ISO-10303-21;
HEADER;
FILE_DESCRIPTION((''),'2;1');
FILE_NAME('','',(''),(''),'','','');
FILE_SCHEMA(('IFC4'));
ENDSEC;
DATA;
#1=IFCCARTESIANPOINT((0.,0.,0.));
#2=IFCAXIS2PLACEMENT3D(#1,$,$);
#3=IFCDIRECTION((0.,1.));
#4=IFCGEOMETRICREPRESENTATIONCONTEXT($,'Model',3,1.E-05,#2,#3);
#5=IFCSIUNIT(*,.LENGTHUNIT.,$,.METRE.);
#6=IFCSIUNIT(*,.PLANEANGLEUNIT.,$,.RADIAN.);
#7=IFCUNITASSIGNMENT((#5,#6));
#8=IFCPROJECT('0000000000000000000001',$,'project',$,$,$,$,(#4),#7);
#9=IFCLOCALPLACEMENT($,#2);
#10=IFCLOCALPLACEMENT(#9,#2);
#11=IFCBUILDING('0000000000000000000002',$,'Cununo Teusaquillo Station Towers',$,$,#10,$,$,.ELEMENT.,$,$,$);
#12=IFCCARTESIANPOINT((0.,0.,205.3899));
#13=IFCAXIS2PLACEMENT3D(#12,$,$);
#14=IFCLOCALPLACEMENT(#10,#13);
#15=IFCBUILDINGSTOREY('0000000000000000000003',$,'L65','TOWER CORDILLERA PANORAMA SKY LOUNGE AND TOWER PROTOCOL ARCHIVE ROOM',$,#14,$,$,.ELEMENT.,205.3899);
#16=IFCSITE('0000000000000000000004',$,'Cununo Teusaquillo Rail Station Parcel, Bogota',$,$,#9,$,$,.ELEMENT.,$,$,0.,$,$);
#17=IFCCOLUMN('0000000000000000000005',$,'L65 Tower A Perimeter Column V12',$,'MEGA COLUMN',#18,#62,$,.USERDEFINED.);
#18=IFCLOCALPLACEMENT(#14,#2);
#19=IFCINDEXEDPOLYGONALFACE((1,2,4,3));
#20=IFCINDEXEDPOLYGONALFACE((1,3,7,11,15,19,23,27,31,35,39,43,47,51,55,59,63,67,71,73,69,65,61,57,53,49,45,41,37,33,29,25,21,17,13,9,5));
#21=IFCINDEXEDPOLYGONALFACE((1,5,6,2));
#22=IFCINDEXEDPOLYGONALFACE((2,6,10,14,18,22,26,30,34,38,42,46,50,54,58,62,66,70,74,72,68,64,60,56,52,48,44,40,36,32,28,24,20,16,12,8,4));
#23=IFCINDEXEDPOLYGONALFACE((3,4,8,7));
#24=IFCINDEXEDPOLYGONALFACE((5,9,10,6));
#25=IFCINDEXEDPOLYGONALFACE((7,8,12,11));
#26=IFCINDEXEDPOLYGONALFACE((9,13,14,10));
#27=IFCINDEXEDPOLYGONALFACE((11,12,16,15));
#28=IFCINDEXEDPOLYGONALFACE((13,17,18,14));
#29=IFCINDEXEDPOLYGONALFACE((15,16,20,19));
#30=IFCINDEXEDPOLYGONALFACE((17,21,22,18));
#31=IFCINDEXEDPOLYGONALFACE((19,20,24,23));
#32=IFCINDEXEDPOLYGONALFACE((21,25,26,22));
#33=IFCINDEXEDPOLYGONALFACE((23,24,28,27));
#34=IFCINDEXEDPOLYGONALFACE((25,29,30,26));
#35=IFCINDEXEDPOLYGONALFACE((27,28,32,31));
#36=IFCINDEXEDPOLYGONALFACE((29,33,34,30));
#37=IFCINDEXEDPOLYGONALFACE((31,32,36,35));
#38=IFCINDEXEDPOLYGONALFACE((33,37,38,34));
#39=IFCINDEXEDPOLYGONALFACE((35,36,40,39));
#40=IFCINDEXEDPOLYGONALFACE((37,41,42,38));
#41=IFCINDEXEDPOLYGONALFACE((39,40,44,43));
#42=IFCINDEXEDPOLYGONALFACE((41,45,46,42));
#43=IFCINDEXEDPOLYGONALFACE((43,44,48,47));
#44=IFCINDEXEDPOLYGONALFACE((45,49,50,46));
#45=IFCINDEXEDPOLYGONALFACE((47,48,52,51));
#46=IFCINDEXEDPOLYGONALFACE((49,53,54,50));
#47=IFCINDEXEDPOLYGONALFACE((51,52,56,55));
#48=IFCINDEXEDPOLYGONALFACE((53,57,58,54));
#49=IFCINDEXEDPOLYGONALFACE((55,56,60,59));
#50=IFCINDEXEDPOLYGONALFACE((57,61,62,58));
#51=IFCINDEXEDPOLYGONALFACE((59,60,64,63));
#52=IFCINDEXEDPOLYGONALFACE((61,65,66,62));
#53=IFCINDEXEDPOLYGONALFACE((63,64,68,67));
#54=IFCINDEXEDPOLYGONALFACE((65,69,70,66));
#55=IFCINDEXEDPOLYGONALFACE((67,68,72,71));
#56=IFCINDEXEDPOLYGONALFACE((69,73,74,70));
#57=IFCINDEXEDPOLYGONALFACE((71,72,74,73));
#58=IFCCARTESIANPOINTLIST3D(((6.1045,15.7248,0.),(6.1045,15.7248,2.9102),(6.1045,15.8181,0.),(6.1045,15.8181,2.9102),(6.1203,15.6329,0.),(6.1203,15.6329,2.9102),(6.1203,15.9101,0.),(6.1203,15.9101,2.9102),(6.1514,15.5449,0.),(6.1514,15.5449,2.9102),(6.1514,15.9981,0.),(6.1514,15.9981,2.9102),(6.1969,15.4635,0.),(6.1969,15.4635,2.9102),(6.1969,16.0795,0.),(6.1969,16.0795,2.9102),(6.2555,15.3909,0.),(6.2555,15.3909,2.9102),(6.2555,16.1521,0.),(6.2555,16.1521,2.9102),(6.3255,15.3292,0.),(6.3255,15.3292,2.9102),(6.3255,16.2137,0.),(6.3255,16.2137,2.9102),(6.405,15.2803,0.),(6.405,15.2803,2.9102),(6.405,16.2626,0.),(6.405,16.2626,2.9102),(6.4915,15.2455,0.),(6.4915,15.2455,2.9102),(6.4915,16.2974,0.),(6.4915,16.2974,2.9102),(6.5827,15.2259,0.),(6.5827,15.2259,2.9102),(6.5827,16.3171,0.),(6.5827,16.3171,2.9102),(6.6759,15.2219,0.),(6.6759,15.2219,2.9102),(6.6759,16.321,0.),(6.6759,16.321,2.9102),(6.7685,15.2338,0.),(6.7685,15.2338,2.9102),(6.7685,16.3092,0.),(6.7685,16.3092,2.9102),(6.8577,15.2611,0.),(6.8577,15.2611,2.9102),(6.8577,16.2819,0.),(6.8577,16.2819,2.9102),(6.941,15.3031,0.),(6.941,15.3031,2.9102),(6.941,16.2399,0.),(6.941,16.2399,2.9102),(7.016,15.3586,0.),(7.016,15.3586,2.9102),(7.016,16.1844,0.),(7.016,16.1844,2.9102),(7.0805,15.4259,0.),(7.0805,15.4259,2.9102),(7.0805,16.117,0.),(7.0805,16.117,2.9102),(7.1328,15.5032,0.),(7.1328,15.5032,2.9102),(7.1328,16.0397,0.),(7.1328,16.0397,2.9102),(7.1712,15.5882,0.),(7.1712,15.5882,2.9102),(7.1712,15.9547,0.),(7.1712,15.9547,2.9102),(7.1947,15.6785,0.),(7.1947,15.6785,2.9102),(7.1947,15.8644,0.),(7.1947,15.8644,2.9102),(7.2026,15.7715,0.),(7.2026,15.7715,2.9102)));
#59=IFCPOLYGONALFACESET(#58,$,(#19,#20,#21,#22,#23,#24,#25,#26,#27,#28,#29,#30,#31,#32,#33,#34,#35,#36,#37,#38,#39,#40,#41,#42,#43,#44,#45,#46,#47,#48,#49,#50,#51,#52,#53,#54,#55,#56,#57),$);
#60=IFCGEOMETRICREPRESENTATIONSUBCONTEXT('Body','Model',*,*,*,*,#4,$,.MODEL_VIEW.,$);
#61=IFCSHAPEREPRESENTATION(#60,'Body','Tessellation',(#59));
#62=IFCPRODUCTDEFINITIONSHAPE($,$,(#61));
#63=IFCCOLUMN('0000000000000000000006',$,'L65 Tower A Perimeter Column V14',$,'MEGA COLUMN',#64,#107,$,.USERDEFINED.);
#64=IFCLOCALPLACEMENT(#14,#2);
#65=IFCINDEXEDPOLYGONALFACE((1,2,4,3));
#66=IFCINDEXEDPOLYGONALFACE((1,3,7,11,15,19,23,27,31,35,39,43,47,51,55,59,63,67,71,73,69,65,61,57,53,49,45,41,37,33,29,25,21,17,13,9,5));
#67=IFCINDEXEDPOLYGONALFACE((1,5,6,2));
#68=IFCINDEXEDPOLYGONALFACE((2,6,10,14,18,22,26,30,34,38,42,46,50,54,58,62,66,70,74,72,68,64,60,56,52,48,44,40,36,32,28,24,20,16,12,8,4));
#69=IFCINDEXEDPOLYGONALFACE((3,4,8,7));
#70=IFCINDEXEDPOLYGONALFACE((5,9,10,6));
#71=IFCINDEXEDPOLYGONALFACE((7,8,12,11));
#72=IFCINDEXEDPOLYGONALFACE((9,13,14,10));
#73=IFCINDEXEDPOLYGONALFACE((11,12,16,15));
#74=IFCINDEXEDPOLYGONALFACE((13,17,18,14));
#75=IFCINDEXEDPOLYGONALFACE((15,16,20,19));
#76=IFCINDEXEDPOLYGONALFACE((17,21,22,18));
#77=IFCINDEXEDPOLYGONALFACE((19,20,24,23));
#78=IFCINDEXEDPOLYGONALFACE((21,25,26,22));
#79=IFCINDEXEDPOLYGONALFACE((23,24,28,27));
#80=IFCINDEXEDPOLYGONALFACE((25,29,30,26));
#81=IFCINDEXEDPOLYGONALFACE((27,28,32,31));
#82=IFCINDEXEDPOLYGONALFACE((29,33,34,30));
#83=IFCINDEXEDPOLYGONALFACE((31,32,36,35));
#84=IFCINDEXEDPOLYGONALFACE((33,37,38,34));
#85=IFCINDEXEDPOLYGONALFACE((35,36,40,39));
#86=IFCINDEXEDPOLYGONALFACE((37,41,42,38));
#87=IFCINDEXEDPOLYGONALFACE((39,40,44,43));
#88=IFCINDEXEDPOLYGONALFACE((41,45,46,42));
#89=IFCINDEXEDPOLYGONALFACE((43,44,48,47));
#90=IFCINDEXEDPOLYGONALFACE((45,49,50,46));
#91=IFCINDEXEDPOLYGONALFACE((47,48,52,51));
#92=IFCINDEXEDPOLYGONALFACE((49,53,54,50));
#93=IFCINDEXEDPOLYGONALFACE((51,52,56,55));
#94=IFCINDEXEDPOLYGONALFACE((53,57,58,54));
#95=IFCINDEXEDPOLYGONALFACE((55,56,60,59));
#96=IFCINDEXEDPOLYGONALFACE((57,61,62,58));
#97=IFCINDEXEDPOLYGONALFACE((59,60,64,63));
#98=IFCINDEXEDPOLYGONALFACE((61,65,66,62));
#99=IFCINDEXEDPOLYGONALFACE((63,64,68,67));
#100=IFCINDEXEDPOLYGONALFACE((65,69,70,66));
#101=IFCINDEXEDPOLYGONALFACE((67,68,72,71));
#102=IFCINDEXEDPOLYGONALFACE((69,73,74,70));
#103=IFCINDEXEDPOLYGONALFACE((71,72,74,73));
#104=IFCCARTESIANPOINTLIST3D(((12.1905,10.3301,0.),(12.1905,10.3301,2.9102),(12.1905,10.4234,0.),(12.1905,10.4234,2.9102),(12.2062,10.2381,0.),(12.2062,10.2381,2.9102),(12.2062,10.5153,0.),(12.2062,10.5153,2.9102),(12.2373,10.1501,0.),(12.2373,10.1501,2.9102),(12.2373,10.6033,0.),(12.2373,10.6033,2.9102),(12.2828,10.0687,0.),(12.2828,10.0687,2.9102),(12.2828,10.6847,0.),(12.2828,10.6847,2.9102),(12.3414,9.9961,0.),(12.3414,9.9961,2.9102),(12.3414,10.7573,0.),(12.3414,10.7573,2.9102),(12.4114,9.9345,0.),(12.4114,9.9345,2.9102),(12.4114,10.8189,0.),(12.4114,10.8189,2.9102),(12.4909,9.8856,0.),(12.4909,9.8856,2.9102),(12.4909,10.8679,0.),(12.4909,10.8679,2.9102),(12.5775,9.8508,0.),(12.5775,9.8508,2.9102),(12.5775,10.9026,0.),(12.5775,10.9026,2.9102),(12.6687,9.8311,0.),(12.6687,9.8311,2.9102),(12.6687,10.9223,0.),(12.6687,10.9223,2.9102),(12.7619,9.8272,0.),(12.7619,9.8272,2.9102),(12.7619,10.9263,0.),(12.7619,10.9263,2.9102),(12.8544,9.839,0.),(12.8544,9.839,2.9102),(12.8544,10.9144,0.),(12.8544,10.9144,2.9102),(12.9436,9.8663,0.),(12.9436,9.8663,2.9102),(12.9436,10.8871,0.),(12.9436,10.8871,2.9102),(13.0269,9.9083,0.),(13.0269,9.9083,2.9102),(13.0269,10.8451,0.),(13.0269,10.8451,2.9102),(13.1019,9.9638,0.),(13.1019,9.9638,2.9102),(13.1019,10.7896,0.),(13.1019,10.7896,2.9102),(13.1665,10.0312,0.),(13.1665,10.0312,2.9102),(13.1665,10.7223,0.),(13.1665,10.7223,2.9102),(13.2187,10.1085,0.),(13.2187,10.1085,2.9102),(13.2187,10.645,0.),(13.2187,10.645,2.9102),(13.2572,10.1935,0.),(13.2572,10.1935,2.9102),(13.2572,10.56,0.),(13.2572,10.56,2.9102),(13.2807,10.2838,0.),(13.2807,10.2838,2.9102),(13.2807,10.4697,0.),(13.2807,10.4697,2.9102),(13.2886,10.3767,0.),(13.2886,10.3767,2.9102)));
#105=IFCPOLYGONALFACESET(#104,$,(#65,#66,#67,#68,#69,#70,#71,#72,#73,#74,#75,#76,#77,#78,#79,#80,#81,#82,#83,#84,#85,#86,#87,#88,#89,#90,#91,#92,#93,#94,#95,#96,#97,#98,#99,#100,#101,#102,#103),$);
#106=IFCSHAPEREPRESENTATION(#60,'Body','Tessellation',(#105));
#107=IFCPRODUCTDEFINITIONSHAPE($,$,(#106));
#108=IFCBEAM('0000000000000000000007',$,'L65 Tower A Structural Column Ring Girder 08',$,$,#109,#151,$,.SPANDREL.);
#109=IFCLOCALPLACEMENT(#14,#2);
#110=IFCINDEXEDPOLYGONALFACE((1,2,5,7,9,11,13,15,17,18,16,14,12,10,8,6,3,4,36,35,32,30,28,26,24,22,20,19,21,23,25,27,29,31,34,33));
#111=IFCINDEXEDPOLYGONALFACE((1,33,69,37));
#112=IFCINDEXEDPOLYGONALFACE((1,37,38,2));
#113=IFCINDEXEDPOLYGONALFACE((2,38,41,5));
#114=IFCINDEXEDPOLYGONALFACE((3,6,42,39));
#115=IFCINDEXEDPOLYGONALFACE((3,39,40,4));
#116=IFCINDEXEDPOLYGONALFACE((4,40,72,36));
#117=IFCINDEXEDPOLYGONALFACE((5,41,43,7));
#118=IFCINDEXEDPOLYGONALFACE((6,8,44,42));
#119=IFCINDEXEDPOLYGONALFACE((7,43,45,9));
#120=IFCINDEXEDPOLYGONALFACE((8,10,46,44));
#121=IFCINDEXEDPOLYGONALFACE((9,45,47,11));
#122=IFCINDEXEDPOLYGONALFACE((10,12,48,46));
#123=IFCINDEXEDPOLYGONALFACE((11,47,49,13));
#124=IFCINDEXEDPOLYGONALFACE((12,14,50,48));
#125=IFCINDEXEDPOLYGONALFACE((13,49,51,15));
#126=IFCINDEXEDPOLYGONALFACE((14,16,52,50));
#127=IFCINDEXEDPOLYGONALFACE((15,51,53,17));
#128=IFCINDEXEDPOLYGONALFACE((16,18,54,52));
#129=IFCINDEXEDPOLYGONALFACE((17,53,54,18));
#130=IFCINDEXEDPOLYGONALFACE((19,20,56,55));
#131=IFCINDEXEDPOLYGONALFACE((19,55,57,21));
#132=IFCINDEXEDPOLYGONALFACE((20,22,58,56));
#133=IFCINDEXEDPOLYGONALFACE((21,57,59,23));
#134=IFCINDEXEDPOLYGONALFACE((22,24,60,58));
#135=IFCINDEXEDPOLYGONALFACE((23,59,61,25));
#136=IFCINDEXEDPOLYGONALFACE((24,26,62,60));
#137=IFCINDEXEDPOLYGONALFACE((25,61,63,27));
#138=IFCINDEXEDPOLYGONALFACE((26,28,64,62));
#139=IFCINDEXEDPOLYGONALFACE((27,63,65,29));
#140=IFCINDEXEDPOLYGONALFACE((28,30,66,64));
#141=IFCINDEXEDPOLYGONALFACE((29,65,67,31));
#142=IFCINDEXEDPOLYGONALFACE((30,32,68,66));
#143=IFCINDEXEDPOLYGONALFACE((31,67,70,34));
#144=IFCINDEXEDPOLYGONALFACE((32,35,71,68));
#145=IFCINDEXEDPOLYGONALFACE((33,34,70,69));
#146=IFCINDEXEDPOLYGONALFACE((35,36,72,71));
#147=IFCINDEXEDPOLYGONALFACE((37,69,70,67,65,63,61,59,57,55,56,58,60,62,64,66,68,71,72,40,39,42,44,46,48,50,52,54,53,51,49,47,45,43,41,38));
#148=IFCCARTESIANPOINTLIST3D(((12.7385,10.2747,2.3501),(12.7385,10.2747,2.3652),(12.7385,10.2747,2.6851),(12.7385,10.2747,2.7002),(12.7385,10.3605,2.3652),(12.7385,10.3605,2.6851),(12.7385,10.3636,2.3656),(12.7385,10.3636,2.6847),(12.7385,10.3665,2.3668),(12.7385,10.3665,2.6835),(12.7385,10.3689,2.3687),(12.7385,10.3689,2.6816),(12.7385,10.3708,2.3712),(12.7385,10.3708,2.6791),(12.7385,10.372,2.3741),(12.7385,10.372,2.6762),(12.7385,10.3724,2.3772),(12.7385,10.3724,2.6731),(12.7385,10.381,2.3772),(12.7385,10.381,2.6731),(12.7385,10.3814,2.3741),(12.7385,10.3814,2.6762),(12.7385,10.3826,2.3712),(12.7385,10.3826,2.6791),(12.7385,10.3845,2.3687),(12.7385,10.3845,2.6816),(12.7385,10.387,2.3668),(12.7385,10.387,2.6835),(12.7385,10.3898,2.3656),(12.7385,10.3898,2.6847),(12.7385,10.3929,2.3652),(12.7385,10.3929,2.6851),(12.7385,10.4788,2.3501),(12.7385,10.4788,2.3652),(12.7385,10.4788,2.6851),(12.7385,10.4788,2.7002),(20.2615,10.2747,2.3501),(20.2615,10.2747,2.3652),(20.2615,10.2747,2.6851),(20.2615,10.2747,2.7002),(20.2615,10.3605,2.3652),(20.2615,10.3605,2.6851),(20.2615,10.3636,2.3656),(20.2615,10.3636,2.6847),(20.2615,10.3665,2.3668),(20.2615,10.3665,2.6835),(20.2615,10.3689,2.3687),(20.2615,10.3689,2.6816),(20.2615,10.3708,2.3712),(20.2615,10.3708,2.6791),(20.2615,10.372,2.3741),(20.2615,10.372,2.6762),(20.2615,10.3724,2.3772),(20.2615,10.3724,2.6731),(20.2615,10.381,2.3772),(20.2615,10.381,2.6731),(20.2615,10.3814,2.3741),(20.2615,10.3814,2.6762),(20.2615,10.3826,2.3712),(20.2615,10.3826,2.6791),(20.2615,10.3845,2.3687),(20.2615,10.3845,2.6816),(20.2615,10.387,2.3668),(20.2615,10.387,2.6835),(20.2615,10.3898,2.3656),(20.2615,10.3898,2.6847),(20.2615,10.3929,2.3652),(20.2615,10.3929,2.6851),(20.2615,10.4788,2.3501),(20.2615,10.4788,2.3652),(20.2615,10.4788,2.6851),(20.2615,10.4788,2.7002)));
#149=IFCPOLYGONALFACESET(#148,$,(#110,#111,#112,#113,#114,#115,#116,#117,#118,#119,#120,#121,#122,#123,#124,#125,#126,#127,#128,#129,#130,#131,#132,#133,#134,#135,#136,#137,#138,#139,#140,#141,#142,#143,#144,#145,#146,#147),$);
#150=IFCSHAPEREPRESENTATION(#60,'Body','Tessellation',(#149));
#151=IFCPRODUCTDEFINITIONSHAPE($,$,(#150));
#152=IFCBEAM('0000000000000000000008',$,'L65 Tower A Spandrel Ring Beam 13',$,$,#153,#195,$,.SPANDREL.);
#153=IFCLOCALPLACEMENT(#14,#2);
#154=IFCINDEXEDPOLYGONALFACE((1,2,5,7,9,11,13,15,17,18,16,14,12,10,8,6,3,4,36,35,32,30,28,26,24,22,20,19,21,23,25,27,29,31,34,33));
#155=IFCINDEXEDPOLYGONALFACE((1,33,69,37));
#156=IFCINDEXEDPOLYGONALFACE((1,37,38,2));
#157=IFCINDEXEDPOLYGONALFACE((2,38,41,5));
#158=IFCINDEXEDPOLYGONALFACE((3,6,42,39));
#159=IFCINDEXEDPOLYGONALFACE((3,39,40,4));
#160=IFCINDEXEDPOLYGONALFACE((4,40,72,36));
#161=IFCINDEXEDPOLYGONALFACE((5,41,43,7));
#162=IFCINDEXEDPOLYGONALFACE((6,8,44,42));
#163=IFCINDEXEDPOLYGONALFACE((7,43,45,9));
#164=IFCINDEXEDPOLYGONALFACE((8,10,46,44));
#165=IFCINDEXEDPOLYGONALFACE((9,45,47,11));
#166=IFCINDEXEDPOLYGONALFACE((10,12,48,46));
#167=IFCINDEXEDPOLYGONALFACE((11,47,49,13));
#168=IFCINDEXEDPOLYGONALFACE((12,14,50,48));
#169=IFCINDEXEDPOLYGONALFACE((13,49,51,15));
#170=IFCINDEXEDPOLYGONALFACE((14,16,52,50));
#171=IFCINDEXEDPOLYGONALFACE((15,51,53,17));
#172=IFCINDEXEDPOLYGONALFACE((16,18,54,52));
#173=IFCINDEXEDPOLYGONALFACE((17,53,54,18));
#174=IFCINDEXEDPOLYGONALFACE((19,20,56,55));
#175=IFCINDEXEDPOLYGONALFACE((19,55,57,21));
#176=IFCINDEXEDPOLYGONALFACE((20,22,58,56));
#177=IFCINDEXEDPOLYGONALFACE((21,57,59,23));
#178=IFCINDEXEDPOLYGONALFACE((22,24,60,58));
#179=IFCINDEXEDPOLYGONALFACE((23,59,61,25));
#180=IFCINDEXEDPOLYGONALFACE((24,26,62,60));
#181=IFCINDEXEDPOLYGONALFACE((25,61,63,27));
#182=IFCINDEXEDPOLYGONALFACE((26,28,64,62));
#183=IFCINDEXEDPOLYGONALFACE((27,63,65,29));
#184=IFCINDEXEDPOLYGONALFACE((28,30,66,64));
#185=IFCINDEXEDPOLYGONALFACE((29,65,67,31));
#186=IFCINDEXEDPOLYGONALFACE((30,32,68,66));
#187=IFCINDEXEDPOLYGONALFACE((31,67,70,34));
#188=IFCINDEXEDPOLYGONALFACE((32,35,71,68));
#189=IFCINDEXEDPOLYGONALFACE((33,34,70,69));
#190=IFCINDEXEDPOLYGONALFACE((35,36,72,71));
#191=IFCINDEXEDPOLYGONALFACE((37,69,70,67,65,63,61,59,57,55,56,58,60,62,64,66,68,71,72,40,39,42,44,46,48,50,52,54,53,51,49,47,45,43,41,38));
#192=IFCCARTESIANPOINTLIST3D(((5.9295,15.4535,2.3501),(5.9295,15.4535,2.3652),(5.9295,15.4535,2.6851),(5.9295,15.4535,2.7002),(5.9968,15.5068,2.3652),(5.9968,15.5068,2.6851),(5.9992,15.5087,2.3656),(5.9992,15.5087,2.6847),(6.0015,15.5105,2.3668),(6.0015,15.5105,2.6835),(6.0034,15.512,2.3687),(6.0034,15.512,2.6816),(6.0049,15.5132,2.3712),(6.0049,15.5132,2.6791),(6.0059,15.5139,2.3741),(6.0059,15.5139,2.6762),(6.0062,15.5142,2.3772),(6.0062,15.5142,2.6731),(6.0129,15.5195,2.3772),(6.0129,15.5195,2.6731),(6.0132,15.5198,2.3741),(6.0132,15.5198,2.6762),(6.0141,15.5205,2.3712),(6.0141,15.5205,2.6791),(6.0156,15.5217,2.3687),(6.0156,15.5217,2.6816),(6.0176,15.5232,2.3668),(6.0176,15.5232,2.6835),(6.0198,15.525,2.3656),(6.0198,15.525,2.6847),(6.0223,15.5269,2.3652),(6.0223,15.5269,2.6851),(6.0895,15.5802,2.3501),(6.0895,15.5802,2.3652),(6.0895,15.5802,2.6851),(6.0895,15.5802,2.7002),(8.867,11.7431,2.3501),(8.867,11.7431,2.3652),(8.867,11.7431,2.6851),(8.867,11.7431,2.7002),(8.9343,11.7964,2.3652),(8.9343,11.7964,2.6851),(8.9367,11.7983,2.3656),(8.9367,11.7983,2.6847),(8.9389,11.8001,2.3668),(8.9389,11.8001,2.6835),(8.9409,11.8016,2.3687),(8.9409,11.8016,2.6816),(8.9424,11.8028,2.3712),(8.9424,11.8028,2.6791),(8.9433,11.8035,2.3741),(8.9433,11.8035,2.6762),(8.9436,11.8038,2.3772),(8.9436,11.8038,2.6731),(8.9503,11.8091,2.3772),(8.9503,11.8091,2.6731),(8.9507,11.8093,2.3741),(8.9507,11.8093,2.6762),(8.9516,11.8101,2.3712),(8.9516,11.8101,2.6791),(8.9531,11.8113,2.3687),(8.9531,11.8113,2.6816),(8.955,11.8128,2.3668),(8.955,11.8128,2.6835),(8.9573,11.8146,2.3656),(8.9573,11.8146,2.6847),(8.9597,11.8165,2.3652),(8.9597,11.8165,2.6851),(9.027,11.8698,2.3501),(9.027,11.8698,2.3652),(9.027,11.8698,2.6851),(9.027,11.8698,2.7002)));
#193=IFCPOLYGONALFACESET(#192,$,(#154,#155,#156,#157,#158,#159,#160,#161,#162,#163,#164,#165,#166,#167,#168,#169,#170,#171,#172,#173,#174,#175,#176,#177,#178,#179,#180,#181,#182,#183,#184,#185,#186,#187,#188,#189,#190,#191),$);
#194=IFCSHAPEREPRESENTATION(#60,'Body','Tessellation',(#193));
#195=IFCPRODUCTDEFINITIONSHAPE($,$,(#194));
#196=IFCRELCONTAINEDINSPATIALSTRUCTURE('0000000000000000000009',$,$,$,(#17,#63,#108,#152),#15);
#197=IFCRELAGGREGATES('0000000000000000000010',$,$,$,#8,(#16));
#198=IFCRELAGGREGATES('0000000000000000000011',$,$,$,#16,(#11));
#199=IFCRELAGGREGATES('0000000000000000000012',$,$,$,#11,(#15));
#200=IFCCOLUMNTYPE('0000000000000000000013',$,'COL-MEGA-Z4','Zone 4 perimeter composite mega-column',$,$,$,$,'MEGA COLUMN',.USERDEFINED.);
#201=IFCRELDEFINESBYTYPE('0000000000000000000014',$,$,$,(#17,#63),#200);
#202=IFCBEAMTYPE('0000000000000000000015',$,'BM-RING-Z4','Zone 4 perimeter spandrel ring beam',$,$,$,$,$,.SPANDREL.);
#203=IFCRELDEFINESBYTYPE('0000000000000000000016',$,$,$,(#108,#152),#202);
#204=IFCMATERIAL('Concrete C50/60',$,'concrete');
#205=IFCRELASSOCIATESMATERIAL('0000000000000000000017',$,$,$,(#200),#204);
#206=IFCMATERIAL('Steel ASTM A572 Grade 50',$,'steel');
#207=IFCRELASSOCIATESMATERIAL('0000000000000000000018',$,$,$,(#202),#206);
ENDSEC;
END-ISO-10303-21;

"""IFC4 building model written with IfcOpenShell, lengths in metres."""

from ifc_helpers import new_model, si_unit, direction, frame, origin, origin_2d, place, context, subcontext, project, spatial, circle, i_section, extrude, material, material_profile, profile_set, type_object, element, save


model = new_model("IFC4")

# Units and contexts
model_context = context("Model", 3, precision=1e-05, world=origin(), true_north=direction((0.0, 1.0)))
body_context = subcontext(model_context, "Body", "Model", "MODEL_VIEW")
ifc_project = project(units=[si_unit("LENGTHUNIT", "METRE"), si_unit("PLANEANGLEUNIT", "RADIAN")], contexts=[model_context])

# Site, building, storey
site_placement = place(None, origin())
site = spatial("IfcSite", under=ifc_project, at=site_placement, Name="Cununo Teusaquillo Rail Station Parcel, Bogota", CompositionType="ELEMENT", RefElevation=0.0)
building_placement = place(site_placement, origin())
building = spatial("IfcBuilding", under=site, at=building_placement, Name="Cununo Teusaquillo Station Towers", CompositionType="ELEMENT")
storey_placement = place(building_placement, frame((0.0, 0.0, 205.3899)))
storey = spatial("IfcBuildingStorey", under=building, at=storey_placement, Name="L65", Description="TOWER CORDILLERA PANORAMA SKY LOUNGE AND TOWER PROTOCOL ARCHIVE ROOM", CompositionType="ELEMENT", Elevation=205.3899)

# Columns
ifc_material_1 = material(Name="Concrete C50/60", Category="concrete")
ifc_material_profile_1 = material_profile(ifc_material_1, circle(Radius=0.55, at=origin_2d()), Name="RC-CIRC-1100")
ifc_profile_set_1 = profile_set([ifc_material_profile_1], Name="Concrete C50/60")
column_type = type_object("IfcColumnType", Name="COL-MEGA-Z4", Description="Zone 4 perimeter composite mega-column", ElementType="MEGA COLUMN", PredefinedType="USERDEFINED", material=ifc_profile_set_1)
for number, where, z_axis, x_axis, name in (
    (1, (6.6526, 15.7715, 0.0), (0.0, 0.0, 1.0), (1.0, 0.0, 0.0), "L65 Tower A Perimeter Column V12"),
    (2, (12.7385, 10.3767, 0.0), (0.0, 0.0, 1.0), (1.0, 0.0, 0.0), "L65 Tower A Perimeter Column V14"),
):
    element("IfcColumn", number, at=place(storey_placement, frame(where, z_axis=z_axis, x_axis=x_axis)), inside=storey, type_object=column_type, Name=name, ObjectType="MEGA COLUMN", PredefinedType="USERDEFINED", context=body_context, shape_type="SweptSolid", body=[
        extrude(circle(Radius=0.55, at=origin_2d()), origin(), (0.0, 0.0, 1.0), 2.9102),
    ])

# Beams
ifc_material_2 = material(Name="Steel ASTM A572 Grade 50", Category="steel")
ifc_material_profile_2 = material_profile(ifc_material_2, i_section(OverallWidth=0.2041, OverallDepth=0.3501, WebThickness=0.0085, FlangeThickness=0.0151, FilletRadius=0.012, at=origin_2d()), Name="W14X48")
ifc_profile_set_2 = profile_set([ifc_material_profile_2], Name="Steel ASTM A572 Grade 50")
beam_type_1 = type_object("IfcBeamType", Name="BM-RING-Z4", Description="Zone 4 perimeter spandrel ring beam", PredefinedType="SPANDREL", material=ifc_profile_set_2)
beam_1_placement = place(storey_placement, frame((12.7385, 10.3767, 2.5251), z_axis=(1.0, 0.0, 0.0), x_axis=(0.0, 1.0, 0.0)))
element("IfcBeam", 3, at=beam_1_placement, inside=storey, type_object=beam_type_1, Name="L65 Tower A Structural Column Ring Girder 08", PredefinedType="SPANDREL", context=body_context, shape_type="SweptSolid", body=[
    extrude(i_section(OverallWidth=0.2041, OverallDepth=0.3501, WebThickness=0.0085, FlangeThickness=0.0151, FilletRadius=0.012, at=origin_2d()), origin(), (0.0, 0.0, 1.0), 7.5229),
])
beam_2_placement = place(storey_placement, frame((6.0095, 15.5168, 2.5251), z_axis=(0.620711, -0.78404, 0.0), x_axis=(0.78404, 0.620711, 0.0)))
element("IfcBeam", 4, at=beam_2_placement, inside=storey, type_object=beam_type_1, Name="L65 Tower A Spandrel Ring Beam 13", PredefinedType="SPANDREL", context=body_context, shape_type="SweptSolid", body=[
    extrude(i_section(OverallWidth=0.2041, OverallDepth=0.3501, WebThickness=0.0085, FlangeThickness=0.0151, FilletRadius=0.012, at=origin_2d()), origin(), (0.0, 0.0, 1.0), 4.7324),
])

save(model, "model.ifc")
